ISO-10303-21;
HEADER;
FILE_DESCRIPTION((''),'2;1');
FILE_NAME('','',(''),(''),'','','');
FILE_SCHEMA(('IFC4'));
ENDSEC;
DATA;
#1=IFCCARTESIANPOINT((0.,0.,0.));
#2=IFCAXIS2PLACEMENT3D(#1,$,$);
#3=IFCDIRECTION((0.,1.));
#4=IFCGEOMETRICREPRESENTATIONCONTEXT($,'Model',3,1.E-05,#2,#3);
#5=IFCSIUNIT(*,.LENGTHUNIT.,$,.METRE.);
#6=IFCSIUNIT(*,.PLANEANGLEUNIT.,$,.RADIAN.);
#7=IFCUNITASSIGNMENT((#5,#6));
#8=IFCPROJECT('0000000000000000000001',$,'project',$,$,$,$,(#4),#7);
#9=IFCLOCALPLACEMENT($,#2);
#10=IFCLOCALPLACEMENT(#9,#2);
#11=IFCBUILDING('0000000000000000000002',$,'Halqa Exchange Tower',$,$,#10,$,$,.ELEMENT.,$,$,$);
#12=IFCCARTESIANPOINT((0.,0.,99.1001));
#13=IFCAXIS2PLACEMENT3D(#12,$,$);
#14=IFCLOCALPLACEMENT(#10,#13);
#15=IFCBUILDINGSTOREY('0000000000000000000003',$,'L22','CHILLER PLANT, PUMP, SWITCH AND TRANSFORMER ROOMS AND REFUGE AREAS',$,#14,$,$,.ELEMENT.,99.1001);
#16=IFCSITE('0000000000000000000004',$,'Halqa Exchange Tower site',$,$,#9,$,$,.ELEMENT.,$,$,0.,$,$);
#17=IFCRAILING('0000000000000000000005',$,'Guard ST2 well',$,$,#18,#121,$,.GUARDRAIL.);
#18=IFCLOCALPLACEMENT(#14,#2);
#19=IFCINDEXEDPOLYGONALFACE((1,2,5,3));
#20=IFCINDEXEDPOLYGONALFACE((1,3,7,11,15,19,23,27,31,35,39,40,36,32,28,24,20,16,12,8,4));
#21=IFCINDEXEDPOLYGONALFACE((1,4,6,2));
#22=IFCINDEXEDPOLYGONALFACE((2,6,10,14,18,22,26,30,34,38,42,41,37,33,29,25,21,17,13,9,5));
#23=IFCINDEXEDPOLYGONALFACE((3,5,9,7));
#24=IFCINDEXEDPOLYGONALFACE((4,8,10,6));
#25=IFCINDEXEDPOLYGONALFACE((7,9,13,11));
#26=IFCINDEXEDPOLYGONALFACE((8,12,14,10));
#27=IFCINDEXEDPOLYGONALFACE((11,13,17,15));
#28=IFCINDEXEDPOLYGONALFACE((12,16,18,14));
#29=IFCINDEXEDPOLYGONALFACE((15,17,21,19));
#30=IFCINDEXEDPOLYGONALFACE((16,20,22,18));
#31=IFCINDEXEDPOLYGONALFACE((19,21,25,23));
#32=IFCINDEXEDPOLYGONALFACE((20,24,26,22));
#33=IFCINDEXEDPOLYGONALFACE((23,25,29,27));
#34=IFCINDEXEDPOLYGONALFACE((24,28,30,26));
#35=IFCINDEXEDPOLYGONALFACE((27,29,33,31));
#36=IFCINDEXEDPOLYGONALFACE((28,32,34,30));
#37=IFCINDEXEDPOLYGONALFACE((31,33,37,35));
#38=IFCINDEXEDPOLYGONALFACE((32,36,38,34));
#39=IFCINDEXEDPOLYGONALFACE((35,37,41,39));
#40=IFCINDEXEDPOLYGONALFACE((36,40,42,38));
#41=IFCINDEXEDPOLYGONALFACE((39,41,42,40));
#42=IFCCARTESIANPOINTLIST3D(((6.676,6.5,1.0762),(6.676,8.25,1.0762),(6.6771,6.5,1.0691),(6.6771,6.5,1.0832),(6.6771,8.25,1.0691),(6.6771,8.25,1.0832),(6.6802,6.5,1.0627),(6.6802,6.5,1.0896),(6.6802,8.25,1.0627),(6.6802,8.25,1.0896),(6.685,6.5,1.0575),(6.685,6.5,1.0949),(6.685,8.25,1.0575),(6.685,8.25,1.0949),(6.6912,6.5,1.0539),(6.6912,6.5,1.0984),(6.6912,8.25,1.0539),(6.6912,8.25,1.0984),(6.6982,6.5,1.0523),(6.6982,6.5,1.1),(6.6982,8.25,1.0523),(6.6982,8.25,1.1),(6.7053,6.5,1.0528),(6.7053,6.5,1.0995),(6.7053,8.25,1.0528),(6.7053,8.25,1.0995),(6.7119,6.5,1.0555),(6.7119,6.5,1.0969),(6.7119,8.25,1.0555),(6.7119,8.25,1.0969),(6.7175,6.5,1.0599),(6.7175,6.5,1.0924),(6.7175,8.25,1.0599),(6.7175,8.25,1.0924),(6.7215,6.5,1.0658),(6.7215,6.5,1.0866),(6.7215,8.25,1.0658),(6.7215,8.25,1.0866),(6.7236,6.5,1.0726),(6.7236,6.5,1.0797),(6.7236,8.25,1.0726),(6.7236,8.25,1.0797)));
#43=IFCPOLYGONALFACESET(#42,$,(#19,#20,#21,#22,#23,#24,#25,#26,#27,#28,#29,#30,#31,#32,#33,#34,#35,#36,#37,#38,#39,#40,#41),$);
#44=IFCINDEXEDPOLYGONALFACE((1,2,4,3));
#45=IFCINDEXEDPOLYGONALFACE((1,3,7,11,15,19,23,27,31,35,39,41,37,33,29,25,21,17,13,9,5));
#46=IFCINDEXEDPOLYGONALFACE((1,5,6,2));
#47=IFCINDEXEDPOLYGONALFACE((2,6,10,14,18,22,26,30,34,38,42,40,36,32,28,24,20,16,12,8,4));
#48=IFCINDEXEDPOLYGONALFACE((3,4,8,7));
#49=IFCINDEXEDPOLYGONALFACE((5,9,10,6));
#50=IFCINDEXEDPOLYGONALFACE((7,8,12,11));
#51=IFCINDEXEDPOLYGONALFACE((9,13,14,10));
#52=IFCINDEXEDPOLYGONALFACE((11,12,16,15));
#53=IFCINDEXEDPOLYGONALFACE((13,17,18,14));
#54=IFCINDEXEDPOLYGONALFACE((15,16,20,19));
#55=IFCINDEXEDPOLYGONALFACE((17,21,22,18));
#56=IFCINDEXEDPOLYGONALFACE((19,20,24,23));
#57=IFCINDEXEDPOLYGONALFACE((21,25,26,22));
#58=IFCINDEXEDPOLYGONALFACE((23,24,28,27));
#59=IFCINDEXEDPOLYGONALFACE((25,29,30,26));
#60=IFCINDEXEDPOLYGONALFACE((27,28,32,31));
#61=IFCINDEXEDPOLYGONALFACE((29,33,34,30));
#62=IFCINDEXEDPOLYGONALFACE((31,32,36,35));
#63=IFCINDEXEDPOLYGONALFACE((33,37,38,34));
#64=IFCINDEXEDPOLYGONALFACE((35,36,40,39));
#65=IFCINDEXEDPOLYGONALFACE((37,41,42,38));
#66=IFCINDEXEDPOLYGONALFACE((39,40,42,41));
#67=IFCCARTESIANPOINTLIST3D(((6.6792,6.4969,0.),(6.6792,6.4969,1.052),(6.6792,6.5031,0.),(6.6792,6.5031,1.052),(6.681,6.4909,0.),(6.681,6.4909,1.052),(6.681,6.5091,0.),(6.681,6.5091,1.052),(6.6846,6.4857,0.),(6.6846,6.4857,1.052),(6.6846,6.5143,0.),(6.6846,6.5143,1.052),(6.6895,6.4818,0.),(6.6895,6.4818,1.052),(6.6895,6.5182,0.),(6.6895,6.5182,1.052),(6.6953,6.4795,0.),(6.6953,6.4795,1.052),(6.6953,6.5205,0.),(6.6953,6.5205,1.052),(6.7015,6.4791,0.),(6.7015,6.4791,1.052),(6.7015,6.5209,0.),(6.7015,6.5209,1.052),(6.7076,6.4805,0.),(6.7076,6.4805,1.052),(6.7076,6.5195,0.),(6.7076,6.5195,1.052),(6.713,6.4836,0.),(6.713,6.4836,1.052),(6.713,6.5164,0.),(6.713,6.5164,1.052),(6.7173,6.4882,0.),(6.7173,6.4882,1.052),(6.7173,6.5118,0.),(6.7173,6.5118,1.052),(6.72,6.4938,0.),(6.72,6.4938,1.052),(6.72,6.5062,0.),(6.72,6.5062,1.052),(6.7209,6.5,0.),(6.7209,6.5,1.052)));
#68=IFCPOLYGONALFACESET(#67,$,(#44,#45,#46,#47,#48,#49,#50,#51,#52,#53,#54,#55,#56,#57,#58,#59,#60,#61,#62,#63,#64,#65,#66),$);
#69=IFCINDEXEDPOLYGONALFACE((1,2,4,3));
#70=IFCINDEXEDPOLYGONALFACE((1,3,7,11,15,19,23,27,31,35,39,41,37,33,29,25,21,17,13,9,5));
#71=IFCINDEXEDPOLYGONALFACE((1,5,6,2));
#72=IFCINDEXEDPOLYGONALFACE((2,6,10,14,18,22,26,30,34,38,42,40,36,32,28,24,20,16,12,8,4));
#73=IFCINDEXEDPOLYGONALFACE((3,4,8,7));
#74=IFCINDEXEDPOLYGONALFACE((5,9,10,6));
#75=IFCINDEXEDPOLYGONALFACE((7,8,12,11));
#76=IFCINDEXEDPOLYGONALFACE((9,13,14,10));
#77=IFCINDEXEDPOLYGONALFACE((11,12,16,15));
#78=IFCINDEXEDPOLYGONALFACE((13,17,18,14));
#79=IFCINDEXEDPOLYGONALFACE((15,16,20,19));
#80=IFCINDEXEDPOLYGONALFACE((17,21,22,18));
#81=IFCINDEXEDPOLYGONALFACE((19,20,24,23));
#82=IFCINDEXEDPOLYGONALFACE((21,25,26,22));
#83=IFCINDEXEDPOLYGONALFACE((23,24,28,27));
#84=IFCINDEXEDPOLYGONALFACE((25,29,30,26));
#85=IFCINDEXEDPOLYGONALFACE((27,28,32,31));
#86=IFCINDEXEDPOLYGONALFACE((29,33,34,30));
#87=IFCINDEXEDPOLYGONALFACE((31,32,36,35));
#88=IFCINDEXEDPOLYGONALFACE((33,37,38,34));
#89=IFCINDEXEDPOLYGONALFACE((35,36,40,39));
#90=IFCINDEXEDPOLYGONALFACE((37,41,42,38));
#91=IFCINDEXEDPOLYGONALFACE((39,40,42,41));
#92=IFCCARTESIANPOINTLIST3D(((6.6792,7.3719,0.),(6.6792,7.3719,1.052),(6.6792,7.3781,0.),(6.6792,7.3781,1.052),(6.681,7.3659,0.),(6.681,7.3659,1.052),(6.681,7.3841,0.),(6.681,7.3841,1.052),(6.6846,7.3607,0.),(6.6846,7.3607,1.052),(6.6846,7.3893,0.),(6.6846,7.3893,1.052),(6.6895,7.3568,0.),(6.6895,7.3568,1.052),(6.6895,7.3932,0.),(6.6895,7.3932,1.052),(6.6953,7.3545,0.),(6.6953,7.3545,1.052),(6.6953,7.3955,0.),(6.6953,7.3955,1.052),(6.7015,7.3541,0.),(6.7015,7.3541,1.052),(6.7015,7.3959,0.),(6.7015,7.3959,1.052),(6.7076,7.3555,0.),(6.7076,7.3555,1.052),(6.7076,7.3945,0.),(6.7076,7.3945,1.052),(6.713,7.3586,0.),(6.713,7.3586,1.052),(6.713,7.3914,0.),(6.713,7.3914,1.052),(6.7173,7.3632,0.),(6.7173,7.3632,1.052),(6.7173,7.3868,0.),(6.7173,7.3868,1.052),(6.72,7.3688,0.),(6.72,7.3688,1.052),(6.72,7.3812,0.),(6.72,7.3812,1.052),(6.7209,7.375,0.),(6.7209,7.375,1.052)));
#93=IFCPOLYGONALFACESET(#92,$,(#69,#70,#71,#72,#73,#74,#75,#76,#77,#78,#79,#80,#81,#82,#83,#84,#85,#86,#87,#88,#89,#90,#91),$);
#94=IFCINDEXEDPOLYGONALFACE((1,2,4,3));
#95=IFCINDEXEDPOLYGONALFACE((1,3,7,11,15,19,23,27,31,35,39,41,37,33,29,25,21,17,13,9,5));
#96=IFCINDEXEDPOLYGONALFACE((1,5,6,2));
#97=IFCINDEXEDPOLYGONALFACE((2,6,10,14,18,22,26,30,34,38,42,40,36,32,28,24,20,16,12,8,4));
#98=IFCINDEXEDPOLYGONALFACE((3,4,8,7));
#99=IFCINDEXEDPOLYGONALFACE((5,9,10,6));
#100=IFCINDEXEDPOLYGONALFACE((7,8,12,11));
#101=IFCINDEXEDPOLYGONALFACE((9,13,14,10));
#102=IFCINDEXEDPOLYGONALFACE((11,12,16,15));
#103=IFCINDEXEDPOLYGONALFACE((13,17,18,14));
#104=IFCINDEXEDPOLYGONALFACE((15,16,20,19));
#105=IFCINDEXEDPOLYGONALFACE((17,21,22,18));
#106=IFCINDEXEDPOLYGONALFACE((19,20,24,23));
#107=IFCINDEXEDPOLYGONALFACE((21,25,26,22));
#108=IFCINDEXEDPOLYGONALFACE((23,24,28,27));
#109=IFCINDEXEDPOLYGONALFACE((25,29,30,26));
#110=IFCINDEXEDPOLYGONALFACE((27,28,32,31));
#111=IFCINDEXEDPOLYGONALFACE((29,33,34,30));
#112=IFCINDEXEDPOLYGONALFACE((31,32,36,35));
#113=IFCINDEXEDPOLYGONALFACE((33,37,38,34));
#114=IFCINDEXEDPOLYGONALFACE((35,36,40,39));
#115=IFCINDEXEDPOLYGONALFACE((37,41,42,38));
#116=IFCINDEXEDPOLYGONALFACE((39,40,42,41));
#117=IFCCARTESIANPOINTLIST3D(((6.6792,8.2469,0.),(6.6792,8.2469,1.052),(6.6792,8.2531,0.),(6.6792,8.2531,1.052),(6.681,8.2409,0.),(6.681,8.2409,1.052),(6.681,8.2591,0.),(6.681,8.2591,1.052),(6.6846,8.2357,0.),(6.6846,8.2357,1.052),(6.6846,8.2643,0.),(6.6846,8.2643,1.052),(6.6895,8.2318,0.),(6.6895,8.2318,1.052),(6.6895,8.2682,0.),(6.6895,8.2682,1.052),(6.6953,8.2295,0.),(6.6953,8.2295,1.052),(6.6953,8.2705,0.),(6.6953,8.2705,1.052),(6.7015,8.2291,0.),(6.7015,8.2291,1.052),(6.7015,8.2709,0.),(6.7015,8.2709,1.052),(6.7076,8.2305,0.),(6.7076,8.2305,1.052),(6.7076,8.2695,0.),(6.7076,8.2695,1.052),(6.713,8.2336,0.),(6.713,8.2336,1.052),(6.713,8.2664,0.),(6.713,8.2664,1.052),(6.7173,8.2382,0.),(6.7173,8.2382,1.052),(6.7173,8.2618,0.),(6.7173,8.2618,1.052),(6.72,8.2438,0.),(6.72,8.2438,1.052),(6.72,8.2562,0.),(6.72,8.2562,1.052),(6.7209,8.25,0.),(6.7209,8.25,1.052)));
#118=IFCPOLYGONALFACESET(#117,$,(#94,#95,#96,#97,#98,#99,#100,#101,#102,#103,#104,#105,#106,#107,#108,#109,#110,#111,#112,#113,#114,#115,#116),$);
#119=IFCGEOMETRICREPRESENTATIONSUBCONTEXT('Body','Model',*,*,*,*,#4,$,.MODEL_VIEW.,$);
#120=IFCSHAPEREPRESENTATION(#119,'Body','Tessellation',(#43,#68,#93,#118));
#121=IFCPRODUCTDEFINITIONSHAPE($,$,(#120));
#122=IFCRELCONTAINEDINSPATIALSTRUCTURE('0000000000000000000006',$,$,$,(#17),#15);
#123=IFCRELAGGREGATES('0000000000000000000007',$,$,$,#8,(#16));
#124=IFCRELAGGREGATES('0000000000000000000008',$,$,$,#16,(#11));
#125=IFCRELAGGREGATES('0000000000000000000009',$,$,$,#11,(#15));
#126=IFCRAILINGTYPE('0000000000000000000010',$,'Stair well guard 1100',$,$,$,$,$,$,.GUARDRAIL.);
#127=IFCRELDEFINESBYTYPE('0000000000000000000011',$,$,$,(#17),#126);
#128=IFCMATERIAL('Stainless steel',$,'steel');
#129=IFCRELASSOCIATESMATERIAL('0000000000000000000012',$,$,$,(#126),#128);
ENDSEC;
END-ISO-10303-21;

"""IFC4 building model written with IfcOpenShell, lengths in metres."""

from ifc_helpers import new_model, si_unit, direction, frame, origin, origin_2d, place, context, subcontext, project, spatial, circle, extrude, material, type_object, element, save


model = new_model("IFC4")

# Units and contexts
model_context = context("Model", 3, precision=1e-05, world=origin(), true_north=direction((0.0, 1.0)))
body_context = subcontext(model_context, "Body", "Model", "MODEL_VIEW")
ifc_project = project(units=[si_unit("LENGTHUNIT", "METRE"), si_unit("PLANEANGLEUNIT", "RADIAN")], contexts=[model_context])

# Site, building, storey
site_placement = place(None, origin())
site = spatial("IfcSite", under=ifc_project, at=site_placement, Name="Halqa Exchange Tower site", CompositionType="ELEMENT", RefElevation=0.0)
building_placement = place(site_placement, origin())
building = spatial("IfcBuilding", under=site, at=building_placement, Name="Halqa Exchange Tower", CompositionType="ELEMENT")
storey_placement = place(building_placement, frame((0.0, 0.0, 99.1001)))
storey = spatial("IfcBuildingStorey", under=building, at=storey_placement, Name="L22", Description="CHILLER PLANT, PUMP, SWITCH AND TRANSFORMER ROOMS AND REFUGE AREAS", CompositionType="ELEMENT", Elevation=99.1001)

# Railing
ifc_material_1 = material(Name="Stainless steel", Category="steel")
railing_type_1 = type_object("IfcRailingType", Name="Stair well guard 1100", PredefinedType="GUARDRAIL", material=ifc_material_1)
railing_1_placement = place(storey_placement, frame((6.7, 6.5, 0.0)))
element("IfcRailing", 1, at=railing_1_placement, inside=storey, type_object=railing_type_1, Name="Guard ST2 well", PredefinedType="GUARDRAIL", context=body_context, shape_type="SweptSolid", body=[
    extrude(circle(Radius=0.0239, at=origin_2d()), frame((0.0, 0.0, 1.0762), z_axis=(0.0, 1.0, 0.0), x_axis=(-1.0, 0.0, 0.0)), (0.0, 0.0, 1.0), 1.75),
    extrude(circle(Radius=0.021, at=origin_2d()), origin(), (0.0, 0.0, 1.0), 1.052),
    extrude(circle(Radius=0.021, at=origin_2d()), frame((0.0, 0.875, 0.0)), (0.0, 0.0, 1.0), 1.052),
    extrude(circle(Radius=0.021, at=origin_2d()), frame((0.0, 1.75, 0.0)), (0.0, 0.0, 1.0), 1.052),
])

save(model, "model.ifc")
